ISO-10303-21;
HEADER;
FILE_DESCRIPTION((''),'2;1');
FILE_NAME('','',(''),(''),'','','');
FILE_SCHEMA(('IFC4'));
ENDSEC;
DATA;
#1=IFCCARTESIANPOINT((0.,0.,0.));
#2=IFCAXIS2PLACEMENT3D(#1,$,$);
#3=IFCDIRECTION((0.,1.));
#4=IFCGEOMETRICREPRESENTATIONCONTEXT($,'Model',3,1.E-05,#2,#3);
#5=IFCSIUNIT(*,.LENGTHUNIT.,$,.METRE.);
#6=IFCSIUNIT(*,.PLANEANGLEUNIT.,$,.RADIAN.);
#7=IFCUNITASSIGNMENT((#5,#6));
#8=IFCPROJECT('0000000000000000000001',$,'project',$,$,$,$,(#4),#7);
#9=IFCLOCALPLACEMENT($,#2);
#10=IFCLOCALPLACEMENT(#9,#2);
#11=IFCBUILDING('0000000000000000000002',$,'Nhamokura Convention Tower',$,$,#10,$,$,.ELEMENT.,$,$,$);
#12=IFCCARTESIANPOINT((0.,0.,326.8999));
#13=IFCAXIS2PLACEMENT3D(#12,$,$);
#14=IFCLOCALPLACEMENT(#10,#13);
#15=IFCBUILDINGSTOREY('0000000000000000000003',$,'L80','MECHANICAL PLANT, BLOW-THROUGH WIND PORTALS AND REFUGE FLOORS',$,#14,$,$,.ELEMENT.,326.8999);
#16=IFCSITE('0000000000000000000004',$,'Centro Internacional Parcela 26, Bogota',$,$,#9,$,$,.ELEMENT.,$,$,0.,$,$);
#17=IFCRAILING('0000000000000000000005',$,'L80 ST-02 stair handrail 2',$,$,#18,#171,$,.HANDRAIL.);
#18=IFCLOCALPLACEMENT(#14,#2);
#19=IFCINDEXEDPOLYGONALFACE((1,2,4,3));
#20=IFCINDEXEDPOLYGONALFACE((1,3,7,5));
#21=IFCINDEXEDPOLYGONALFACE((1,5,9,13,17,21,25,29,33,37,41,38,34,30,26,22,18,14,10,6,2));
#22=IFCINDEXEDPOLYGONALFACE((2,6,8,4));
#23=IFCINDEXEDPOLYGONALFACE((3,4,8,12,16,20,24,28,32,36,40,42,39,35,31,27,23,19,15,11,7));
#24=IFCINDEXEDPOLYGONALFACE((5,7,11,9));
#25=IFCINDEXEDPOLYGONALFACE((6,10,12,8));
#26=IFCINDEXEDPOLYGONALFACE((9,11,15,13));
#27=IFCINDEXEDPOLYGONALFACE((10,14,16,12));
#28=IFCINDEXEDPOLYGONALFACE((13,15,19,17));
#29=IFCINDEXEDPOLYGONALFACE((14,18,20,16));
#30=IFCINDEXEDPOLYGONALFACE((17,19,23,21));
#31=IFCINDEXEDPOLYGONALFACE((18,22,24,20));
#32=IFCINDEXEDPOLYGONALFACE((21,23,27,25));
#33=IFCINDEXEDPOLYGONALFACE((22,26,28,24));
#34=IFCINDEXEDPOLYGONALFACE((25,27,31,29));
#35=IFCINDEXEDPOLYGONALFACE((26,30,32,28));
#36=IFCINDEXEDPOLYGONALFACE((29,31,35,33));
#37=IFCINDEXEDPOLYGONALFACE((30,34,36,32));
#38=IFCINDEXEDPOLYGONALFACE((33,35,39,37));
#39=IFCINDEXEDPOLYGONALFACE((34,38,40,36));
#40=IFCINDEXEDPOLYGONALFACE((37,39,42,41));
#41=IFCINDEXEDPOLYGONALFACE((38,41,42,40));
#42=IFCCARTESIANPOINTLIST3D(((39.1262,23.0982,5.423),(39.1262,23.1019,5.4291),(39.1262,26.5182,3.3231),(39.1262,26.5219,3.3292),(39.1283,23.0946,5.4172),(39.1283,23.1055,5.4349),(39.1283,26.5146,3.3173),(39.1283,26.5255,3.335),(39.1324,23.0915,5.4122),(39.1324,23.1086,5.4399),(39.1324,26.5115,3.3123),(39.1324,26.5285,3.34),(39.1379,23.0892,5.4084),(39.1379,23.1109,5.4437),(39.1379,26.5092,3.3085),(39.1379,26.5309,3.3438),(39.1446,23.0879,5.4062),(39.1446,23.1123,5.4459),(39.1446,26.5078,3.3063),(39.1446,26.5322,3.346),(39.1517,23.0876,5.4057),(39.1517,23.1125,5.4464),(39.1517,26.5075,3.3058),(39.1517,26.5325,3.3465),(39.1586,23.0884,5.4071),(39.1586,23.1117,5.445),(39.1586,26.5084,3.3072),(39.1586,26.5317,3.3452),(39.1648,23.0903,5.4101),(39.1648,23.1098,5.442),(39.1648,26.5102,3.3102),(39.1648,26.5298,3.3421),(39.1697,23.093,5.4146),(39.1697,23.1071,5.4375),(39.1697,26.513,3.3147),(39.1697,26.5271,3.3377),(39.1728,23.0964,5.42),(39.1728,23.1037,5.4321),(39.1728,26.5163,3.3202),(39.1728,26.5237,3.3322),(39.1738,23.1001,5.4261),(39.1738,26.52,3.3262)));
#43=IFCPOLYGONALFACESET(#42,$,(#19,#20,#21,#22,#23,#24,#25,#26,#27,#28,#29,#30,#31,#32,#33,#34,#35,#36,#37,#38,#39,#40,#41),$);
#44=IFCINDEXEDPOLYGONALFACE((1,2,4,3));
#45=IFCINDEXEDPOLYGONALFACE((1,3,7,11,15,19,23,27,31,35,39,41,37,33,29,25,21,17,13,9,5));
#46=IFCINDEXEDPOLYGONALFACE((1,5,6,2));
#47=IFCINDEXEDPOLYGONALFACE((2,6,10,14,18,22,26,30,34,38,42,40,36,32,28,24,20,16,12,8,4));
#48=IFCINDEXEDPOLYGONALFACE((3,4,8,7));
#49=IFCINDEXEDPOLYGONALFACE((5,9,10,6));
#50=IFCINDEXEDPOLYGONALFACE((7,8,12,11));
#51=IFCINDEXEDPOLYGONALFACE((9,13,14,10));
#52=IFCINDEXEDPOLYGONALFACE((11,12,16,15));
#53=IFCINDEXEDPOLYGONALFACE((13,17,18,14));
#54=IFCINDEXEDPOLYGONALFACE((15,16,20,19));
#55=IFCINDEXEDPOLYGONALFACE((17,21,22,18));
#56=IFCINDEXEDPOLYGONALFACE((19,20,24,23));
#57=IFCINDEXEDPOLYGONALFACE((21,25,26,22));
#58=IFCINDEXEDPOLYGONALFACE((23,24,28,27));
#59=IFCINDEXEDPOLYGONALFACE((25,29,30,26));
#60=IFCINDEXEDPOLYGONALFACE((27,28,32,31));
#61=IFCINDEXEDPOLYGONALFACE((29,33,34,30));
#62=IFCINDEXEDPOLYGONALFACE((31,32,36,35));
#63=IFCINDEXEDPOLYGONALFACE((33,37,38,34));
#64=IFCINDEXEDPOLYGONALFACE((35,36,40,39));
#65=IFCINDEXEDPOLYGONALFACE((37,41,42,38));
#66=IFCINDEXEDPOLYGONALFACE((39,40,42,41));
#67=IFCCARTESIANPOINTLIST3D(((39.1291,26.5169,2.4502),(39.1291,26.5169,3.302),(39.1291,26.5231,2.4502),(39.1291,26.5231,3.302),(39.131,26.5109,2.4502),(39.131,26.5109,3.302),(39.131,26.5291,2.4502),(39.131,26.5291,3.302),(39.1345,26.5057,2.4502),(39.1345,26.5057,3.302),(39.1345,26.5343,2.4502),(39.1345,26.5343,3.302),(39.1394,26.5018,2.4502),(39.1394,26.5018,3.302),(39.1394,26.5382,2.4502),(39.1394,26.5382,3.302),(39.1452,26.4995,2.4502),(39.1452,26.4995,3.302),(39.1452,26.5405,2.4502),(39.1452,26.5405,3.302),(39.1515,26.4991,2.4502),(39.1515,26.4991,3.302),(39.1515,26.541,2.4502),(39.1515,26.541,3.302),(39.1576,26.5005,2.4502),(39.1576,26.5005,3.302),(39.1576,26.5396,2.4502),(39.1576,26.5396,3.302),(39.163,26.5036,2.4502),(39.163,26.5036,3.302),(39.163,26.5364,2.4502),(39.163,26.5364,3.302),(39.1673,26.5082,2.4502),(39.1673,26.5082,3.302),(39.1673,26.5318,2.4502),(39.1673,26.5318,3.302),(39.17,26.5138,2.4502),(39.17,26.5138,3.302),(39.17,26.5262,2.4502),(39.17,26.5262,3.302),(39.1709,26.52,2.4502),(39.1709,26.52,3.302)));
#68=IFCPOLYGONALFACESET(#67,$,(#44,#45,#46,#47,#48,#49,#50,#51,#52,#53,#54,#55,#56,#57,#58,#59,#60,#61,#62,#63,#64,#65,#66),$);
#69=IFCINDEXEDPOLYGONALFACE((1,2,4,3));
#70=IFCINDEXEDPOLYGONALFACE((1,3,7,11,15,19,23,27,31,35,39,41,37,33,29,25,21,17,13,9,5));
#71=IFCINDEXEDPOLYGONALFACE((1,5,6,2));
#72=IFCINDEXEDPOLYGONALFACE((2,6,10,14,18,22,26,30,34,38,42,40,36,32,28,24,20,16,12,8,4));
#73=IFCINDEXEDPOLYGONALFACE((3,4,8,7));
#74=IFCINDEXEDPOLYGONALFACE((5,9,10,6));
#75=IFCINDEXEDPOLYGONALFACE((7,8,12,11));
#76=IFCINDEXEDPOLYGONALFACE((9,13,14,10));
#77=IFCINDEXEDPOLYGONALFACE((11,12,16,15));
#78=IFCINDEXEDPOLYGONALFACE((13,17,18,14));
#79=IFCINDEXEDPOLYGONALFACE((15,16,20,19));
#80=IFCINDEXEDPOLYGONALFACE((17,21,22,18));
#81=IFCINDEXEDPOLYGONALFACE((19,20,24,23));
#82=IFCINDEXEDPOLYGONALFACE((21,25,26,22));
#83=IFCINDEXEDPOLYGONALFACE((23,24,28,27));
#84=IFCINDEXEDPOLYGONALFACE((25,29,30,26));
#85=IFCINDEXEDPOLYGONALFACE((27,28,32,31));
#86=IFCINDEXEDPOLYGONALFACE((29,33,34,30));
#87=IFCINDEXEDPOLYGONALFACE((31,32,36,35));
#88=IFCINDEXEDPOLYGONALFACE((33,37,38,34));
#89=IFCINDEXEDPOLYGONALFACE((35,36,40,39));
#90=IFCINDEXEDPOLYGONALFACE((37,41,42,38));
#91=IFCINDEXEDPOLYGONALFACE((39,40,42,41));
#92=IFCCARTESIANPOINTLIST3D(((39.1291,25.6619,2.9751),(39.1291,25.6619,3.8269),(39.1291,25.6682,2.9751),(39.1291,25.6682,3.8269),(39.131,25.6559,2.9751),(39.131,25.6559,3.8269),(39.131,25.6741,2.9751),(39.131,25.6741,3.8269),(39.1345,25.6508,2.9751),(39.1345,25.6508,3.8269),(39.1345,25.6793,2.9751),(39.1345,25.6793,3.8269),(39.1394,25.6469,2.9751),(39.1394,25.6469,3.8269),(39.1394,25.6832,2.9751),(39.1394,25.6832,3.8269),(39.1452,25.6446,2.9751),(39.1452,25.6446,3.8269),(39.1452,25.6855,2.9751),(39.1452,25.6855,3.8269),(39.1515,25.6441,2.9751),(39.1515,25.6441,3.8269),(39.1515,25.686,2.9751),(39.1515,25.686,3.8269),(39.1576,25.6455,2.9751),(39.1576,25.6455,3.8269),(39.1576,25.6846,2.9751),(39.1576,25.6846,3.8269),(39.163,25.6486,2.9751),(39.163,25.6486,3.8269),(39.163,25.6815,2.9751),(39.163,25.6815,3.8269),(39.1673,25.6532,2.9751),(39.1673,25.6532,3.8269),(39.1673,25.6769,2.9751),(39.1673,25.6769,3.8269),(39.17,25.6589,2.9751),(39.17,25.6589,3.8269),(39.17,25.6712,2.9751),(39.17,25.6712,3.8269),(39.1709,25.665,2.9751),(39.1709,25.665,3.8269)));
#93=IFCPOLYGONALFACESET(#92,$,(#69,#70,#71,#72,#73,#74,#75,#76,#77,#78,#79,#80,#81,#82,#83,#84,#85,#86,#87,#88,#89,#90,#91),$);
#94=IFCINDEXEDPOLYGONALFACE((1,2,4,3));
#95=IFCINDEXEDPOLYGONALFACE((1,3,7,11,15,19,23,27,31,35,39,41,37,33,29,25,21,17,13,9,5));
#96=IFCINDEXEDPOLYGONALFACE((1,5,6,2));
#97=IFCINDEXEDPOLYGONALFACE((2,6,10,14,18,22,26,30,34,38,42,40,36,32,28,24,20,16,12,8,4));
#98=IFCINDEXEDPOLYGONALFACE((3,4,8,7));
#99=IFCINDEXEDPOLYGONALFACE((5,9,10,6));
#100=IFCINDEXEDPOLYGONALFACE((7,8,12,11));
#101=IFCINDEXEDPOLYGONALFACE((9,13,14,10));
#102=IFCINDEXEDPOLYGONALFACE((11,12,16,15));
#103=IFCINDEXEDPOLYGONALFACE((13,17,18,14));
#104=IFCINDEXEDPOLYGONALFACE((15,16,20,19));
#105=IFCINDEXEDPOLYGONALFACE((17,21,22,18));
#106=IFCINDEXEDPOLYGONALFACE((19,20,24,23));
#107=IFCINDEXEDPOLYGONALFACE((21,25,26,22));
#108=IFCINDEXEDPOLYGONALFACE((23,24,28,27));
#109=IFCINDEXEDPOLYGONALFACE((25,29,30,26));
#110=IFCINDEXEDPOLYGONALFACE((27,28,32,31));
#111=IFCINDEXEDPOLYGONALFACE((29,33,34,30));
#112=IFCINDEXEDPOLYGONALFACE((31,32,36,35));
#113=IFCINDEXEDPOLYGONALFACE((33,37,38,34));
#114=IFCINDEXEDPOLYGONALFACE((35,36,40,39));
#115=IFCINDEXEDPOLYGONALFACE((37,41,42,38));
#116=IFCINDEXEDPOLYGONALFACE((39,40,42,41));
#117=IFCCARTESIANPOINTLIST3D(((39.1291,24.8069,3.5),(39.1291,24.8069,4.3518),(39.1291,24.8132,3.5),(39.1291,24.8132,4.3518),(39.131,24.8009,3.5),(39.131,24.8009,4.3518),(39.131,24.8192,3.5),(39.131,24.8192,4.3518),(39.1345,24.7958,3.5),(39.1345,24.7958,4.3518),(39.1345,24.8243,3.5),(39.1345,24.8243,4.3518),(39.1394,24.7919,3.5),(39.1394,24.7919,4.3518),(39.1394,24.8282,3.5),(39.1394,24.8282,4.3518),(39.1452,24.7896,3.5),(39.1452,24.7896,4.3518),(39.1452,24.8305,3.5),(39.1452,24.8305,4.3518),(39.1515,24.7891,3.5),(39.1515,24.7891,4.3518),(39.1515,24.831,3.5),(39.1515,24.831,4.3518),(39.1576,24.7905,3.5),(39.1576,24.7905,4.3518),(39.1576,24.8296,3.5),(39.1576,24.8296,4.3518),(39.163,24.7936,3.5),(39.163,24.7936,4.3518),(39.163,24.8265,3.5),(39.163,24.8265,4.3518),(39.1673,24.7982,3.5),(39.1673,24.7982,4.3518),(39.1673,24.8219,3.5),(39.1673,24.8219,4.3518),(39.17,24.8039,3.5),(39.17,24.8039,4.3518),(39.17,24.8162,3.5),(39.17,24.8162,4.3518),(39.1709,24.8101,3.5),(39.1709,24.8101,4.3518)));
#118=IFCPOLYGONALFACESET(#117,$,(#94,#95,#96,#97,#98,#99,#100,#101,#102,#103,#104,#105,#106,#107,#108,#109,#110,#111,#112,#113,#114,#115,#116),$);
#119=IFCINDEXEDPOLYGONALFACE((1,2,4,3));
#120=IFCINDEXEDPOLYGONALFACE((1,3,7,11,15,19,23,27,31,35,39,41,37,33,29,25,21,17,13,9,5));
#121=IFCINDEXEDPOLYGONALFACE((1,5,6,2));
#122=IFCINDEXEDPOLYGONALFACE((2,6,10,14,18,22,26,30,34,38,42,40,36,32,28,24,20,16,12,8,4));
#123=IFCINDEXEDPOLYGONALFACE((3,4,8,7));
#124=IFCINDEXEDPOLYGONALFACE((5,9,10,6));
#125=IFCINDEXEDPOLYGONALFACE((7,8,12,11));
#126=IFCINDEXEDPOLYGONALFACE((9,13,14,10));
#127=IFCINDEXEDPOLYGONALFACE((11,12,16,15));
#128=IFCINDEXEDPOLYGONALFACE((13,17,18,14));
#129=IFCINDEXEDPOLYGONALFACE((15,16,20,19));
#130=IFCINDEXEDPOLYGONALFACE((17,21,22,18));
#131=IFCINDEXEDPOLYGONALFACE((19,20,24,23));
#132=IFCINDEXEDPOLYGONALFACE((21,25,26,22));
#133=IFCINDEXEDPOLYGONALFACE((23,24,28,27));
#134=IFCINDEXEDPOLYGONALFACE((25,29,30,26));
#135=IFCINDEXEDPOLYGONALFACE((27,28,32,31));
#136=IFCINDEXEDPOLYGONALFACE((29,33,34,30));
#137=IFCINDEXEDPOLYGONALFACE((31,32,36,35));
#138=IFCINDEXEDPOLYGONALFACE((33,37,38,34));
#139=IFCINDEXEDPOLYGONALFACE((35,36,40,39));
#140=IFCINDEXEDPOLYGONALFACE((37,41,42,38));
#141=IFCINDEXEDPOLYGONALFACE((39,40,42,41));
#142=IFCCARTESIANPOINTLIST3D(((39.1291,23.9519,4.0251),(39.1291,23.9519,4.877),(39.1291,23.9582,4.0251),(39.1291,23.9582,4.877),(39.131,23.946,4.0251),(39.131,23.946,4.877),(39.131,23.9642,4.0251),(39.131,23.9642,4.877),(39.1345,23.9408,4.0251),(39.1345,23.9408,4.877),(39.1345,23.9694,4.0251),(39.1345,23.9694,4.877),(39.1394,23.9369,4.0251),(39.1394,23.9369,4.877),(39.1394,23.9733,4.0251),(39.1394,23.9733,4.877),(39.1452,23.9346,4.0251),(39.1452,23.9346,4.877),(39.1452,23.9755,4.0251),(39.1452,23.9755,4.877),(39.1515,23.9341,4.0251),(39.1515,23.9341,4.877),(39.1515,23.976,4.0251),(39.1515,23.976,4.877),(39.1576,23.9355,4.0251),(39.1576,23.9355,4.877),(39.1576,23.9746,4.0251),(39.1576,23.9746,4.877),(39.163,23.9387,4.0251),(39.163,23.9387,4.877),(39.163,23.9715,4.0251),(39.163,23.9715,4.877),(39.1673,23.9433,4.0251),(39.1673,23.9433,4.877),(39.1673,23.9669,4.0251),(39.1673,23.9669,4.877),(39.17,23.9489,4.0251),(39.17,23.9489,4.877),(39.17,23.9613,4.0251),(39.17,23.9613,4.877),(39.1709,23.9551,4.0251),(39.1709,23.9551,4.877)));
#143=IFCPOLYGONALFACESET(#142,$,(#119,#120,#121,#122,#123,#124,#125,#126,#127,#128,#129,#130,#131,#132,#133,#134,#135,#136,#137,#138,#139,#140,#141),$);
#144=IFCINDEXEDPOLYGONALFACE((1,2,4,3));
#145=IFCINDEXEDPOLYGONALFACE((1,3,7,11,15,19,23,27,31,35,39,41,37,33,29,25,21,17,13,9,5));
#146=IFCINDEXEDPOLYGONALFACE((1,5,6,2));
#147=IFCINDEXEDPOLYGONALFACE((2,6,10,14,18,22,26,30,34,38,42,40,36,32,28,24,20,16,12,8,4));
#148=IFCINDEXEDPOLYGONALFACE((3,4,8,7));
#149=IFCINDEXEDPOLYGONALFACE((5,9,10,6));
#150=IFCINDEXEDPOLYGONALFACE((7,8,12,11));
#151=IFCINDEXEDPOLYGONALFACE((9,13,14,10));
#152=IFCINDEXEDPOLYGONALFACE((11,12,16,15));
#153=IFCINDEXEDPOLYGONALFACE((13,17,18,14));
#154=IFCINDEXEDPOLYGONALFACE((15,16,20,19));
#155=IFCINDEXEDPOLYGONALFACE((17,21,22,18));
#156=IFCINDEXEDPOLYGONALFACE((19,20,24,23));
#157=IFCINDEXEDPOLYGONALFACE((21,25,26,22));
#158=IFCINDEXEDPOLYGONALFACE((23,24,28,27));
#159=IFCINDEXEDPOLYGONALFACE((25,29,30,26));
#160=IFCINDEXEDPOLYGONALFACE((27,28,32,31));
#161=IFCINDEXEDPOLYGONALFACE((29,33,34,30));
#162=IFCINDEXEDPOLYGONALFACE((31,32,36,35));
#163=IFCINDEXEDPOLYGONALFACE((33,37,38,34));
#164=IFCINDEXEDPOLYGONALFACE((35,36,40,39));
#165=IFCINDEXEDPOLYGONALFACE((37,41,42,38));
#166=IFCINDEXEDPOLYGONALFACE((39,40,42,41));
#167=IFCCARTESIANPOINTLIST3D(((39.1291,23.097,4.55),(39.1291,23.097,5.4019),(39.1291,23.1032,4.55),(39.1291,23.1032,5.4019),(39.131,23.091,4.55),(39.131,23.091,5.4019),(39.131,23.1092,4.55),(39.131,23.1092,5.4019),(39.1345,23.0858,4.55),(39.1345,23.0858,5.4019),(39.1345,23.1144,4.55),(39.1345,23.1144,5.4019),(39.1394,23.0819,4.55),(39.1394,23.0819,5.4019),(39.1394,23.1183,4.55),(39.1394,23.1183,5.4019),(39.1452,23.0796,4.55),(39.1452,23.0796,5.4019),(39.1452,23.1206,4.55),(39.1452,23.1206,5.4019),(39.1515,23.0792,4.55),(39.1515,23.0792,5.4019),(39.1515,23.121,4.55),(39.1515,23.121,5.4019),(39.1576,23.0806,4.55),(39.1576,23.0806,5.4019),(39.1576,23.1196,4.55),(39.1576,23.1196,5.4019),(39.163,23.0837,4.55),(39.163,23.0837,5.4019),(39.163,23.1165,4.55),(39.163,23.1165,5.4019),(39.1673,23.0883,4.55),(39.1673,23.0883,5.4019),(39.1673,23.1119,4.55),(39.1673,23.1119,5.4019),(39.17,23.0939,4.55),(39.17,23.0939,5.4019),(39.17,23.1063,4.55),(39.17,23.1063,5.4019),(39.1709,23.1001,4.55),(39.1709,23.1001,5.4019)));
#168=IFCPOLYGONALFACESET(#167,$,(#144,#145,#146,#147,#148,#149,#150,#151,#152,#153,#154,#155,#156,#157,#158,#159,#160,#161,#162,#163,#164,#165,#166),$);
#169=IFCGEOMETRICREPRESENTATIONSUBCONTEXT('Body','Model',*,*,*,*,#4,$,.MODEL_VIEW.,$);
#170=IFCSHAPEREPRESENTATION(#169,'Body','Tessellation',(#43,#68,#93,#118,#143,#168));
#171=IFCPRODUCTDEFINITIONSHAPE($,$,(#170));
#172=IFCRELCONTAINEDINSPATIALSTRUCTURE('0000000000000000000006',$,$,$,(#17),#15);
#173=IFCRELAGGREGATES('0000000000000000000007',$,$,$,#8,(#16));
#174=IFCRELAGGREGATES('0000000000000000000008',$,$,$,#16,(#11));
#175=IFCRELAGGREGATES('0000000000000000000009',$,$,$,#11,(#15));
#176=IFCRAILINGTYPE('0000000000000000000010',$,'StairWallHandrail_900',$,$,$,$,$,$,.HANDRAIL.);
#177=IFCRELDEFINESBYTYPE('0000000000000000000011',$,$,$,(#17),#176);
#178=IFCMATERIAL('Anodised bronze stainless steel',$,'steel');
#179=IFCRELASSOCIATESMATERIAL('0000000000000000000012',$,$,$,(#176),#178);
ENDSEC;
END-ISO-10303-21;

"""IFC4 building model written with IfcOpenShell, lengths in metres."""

from ifc_helpers import new_model, si_unit, direction, frame, origin, origin_2d, place, context, subcontext, project, spatial, circle, extrude, material, type_object, element, save


model = new_model("IFC4")

# Units and contexts
model_context = context("Model", 3, precision=1e-05, world=origin(), true_north=direction((0.0, 1.0)))
body_context = subcontext(model_context, "Body", "Model", "MODEL_VIEW")
ifc_project = project(units=[si_unit("LENGTHUNIT", "METRE"), si_unit("PLANEANGLEUNIT", "RADIAN")], contexts=[model_context])

# Site, building, storey
site_placement = place(None, origin())
site = spatial("IfcSite", under=ifc_project, at=site_placement, Name="Centro Internacional Parcela 26, Bogota", CompositionType="ELEMENT", RefElevation=0.0)
building_placement = place(site_placement, origin())
building = spatial("IfcBuilding", under=site, at=building_placement, Name="Nhamokura Convention Tower", CompositionType="ELEMENT")
storey_placement = place(building_placement, frame((0.0, 0.0, 326.8999)))
storey = spatial("IfcBuildingStorey", under=building, at=storey_placement, Name="L80", Description="MECHANICAL PLANT, BLOW-THROUGH WIND PORTALS AND REFUGE FLOORS", CompositionType="ELEMENT", Elevation=326.8999)

# Railing
ifc_material_1 = material(Name="Anodised bronze stainless steel", Category="steel")
railing_type_1 = type_object("IfcRailingType", Name="StairWallHandrail_900", PredefinedType="HANDRAIL", material=ifc_material_1)
railing_1_placement = place(storey_placement, frame((39.1499, 26.52, 2.4502)))
element("IfcRailing", 1, at=railing_1_placement, inside=storey, type_object=railing_type_1, Name="L80 ST-02 stair handrail 2", PredefinedType="HANDRAIL", context=body_context, shape_type="SweptSolid", body=[
    extrude(circle(Radius=0.0239, at=origin_2d()), frame((0.0, 0.0, 0.876), z_axis=(0.0, -0.852182, 0.523245), x_axis=(1.0, 0.0, 0.0)), (0.0, 0.0, 1.0), 4.0132),
    extrude(circle(Radius=0.021, at=origin_2d()), origin(), (0.0, 0.0, 1.0), 0.8518),
    extrude(circle(Radius=0.021, at=origin_2d()), frame((0.0, -0.855, 0.5249)), (0.0, 0.0, 1.0), 0.8518),
    extrude(circle(Radius=0.021, at=origin_2d()), frame((0.0, -1.71, 1.0498)), (0.0, 0.0, 1.0), 0.8518),
    extrude(circle(Radius=0.021, at=origin_2d()), frame((0.0, -2.5649, 1.575)), (0.0, 0.0, 1.0), 0.8518),
    extrude(circle(Radius=0.021, at=origin_2d()), frame((0.0, -3.4199, 2.0999)), (0.0, 0.0, 1.0), 0.8518),
])

save(model, "model.ifc")
